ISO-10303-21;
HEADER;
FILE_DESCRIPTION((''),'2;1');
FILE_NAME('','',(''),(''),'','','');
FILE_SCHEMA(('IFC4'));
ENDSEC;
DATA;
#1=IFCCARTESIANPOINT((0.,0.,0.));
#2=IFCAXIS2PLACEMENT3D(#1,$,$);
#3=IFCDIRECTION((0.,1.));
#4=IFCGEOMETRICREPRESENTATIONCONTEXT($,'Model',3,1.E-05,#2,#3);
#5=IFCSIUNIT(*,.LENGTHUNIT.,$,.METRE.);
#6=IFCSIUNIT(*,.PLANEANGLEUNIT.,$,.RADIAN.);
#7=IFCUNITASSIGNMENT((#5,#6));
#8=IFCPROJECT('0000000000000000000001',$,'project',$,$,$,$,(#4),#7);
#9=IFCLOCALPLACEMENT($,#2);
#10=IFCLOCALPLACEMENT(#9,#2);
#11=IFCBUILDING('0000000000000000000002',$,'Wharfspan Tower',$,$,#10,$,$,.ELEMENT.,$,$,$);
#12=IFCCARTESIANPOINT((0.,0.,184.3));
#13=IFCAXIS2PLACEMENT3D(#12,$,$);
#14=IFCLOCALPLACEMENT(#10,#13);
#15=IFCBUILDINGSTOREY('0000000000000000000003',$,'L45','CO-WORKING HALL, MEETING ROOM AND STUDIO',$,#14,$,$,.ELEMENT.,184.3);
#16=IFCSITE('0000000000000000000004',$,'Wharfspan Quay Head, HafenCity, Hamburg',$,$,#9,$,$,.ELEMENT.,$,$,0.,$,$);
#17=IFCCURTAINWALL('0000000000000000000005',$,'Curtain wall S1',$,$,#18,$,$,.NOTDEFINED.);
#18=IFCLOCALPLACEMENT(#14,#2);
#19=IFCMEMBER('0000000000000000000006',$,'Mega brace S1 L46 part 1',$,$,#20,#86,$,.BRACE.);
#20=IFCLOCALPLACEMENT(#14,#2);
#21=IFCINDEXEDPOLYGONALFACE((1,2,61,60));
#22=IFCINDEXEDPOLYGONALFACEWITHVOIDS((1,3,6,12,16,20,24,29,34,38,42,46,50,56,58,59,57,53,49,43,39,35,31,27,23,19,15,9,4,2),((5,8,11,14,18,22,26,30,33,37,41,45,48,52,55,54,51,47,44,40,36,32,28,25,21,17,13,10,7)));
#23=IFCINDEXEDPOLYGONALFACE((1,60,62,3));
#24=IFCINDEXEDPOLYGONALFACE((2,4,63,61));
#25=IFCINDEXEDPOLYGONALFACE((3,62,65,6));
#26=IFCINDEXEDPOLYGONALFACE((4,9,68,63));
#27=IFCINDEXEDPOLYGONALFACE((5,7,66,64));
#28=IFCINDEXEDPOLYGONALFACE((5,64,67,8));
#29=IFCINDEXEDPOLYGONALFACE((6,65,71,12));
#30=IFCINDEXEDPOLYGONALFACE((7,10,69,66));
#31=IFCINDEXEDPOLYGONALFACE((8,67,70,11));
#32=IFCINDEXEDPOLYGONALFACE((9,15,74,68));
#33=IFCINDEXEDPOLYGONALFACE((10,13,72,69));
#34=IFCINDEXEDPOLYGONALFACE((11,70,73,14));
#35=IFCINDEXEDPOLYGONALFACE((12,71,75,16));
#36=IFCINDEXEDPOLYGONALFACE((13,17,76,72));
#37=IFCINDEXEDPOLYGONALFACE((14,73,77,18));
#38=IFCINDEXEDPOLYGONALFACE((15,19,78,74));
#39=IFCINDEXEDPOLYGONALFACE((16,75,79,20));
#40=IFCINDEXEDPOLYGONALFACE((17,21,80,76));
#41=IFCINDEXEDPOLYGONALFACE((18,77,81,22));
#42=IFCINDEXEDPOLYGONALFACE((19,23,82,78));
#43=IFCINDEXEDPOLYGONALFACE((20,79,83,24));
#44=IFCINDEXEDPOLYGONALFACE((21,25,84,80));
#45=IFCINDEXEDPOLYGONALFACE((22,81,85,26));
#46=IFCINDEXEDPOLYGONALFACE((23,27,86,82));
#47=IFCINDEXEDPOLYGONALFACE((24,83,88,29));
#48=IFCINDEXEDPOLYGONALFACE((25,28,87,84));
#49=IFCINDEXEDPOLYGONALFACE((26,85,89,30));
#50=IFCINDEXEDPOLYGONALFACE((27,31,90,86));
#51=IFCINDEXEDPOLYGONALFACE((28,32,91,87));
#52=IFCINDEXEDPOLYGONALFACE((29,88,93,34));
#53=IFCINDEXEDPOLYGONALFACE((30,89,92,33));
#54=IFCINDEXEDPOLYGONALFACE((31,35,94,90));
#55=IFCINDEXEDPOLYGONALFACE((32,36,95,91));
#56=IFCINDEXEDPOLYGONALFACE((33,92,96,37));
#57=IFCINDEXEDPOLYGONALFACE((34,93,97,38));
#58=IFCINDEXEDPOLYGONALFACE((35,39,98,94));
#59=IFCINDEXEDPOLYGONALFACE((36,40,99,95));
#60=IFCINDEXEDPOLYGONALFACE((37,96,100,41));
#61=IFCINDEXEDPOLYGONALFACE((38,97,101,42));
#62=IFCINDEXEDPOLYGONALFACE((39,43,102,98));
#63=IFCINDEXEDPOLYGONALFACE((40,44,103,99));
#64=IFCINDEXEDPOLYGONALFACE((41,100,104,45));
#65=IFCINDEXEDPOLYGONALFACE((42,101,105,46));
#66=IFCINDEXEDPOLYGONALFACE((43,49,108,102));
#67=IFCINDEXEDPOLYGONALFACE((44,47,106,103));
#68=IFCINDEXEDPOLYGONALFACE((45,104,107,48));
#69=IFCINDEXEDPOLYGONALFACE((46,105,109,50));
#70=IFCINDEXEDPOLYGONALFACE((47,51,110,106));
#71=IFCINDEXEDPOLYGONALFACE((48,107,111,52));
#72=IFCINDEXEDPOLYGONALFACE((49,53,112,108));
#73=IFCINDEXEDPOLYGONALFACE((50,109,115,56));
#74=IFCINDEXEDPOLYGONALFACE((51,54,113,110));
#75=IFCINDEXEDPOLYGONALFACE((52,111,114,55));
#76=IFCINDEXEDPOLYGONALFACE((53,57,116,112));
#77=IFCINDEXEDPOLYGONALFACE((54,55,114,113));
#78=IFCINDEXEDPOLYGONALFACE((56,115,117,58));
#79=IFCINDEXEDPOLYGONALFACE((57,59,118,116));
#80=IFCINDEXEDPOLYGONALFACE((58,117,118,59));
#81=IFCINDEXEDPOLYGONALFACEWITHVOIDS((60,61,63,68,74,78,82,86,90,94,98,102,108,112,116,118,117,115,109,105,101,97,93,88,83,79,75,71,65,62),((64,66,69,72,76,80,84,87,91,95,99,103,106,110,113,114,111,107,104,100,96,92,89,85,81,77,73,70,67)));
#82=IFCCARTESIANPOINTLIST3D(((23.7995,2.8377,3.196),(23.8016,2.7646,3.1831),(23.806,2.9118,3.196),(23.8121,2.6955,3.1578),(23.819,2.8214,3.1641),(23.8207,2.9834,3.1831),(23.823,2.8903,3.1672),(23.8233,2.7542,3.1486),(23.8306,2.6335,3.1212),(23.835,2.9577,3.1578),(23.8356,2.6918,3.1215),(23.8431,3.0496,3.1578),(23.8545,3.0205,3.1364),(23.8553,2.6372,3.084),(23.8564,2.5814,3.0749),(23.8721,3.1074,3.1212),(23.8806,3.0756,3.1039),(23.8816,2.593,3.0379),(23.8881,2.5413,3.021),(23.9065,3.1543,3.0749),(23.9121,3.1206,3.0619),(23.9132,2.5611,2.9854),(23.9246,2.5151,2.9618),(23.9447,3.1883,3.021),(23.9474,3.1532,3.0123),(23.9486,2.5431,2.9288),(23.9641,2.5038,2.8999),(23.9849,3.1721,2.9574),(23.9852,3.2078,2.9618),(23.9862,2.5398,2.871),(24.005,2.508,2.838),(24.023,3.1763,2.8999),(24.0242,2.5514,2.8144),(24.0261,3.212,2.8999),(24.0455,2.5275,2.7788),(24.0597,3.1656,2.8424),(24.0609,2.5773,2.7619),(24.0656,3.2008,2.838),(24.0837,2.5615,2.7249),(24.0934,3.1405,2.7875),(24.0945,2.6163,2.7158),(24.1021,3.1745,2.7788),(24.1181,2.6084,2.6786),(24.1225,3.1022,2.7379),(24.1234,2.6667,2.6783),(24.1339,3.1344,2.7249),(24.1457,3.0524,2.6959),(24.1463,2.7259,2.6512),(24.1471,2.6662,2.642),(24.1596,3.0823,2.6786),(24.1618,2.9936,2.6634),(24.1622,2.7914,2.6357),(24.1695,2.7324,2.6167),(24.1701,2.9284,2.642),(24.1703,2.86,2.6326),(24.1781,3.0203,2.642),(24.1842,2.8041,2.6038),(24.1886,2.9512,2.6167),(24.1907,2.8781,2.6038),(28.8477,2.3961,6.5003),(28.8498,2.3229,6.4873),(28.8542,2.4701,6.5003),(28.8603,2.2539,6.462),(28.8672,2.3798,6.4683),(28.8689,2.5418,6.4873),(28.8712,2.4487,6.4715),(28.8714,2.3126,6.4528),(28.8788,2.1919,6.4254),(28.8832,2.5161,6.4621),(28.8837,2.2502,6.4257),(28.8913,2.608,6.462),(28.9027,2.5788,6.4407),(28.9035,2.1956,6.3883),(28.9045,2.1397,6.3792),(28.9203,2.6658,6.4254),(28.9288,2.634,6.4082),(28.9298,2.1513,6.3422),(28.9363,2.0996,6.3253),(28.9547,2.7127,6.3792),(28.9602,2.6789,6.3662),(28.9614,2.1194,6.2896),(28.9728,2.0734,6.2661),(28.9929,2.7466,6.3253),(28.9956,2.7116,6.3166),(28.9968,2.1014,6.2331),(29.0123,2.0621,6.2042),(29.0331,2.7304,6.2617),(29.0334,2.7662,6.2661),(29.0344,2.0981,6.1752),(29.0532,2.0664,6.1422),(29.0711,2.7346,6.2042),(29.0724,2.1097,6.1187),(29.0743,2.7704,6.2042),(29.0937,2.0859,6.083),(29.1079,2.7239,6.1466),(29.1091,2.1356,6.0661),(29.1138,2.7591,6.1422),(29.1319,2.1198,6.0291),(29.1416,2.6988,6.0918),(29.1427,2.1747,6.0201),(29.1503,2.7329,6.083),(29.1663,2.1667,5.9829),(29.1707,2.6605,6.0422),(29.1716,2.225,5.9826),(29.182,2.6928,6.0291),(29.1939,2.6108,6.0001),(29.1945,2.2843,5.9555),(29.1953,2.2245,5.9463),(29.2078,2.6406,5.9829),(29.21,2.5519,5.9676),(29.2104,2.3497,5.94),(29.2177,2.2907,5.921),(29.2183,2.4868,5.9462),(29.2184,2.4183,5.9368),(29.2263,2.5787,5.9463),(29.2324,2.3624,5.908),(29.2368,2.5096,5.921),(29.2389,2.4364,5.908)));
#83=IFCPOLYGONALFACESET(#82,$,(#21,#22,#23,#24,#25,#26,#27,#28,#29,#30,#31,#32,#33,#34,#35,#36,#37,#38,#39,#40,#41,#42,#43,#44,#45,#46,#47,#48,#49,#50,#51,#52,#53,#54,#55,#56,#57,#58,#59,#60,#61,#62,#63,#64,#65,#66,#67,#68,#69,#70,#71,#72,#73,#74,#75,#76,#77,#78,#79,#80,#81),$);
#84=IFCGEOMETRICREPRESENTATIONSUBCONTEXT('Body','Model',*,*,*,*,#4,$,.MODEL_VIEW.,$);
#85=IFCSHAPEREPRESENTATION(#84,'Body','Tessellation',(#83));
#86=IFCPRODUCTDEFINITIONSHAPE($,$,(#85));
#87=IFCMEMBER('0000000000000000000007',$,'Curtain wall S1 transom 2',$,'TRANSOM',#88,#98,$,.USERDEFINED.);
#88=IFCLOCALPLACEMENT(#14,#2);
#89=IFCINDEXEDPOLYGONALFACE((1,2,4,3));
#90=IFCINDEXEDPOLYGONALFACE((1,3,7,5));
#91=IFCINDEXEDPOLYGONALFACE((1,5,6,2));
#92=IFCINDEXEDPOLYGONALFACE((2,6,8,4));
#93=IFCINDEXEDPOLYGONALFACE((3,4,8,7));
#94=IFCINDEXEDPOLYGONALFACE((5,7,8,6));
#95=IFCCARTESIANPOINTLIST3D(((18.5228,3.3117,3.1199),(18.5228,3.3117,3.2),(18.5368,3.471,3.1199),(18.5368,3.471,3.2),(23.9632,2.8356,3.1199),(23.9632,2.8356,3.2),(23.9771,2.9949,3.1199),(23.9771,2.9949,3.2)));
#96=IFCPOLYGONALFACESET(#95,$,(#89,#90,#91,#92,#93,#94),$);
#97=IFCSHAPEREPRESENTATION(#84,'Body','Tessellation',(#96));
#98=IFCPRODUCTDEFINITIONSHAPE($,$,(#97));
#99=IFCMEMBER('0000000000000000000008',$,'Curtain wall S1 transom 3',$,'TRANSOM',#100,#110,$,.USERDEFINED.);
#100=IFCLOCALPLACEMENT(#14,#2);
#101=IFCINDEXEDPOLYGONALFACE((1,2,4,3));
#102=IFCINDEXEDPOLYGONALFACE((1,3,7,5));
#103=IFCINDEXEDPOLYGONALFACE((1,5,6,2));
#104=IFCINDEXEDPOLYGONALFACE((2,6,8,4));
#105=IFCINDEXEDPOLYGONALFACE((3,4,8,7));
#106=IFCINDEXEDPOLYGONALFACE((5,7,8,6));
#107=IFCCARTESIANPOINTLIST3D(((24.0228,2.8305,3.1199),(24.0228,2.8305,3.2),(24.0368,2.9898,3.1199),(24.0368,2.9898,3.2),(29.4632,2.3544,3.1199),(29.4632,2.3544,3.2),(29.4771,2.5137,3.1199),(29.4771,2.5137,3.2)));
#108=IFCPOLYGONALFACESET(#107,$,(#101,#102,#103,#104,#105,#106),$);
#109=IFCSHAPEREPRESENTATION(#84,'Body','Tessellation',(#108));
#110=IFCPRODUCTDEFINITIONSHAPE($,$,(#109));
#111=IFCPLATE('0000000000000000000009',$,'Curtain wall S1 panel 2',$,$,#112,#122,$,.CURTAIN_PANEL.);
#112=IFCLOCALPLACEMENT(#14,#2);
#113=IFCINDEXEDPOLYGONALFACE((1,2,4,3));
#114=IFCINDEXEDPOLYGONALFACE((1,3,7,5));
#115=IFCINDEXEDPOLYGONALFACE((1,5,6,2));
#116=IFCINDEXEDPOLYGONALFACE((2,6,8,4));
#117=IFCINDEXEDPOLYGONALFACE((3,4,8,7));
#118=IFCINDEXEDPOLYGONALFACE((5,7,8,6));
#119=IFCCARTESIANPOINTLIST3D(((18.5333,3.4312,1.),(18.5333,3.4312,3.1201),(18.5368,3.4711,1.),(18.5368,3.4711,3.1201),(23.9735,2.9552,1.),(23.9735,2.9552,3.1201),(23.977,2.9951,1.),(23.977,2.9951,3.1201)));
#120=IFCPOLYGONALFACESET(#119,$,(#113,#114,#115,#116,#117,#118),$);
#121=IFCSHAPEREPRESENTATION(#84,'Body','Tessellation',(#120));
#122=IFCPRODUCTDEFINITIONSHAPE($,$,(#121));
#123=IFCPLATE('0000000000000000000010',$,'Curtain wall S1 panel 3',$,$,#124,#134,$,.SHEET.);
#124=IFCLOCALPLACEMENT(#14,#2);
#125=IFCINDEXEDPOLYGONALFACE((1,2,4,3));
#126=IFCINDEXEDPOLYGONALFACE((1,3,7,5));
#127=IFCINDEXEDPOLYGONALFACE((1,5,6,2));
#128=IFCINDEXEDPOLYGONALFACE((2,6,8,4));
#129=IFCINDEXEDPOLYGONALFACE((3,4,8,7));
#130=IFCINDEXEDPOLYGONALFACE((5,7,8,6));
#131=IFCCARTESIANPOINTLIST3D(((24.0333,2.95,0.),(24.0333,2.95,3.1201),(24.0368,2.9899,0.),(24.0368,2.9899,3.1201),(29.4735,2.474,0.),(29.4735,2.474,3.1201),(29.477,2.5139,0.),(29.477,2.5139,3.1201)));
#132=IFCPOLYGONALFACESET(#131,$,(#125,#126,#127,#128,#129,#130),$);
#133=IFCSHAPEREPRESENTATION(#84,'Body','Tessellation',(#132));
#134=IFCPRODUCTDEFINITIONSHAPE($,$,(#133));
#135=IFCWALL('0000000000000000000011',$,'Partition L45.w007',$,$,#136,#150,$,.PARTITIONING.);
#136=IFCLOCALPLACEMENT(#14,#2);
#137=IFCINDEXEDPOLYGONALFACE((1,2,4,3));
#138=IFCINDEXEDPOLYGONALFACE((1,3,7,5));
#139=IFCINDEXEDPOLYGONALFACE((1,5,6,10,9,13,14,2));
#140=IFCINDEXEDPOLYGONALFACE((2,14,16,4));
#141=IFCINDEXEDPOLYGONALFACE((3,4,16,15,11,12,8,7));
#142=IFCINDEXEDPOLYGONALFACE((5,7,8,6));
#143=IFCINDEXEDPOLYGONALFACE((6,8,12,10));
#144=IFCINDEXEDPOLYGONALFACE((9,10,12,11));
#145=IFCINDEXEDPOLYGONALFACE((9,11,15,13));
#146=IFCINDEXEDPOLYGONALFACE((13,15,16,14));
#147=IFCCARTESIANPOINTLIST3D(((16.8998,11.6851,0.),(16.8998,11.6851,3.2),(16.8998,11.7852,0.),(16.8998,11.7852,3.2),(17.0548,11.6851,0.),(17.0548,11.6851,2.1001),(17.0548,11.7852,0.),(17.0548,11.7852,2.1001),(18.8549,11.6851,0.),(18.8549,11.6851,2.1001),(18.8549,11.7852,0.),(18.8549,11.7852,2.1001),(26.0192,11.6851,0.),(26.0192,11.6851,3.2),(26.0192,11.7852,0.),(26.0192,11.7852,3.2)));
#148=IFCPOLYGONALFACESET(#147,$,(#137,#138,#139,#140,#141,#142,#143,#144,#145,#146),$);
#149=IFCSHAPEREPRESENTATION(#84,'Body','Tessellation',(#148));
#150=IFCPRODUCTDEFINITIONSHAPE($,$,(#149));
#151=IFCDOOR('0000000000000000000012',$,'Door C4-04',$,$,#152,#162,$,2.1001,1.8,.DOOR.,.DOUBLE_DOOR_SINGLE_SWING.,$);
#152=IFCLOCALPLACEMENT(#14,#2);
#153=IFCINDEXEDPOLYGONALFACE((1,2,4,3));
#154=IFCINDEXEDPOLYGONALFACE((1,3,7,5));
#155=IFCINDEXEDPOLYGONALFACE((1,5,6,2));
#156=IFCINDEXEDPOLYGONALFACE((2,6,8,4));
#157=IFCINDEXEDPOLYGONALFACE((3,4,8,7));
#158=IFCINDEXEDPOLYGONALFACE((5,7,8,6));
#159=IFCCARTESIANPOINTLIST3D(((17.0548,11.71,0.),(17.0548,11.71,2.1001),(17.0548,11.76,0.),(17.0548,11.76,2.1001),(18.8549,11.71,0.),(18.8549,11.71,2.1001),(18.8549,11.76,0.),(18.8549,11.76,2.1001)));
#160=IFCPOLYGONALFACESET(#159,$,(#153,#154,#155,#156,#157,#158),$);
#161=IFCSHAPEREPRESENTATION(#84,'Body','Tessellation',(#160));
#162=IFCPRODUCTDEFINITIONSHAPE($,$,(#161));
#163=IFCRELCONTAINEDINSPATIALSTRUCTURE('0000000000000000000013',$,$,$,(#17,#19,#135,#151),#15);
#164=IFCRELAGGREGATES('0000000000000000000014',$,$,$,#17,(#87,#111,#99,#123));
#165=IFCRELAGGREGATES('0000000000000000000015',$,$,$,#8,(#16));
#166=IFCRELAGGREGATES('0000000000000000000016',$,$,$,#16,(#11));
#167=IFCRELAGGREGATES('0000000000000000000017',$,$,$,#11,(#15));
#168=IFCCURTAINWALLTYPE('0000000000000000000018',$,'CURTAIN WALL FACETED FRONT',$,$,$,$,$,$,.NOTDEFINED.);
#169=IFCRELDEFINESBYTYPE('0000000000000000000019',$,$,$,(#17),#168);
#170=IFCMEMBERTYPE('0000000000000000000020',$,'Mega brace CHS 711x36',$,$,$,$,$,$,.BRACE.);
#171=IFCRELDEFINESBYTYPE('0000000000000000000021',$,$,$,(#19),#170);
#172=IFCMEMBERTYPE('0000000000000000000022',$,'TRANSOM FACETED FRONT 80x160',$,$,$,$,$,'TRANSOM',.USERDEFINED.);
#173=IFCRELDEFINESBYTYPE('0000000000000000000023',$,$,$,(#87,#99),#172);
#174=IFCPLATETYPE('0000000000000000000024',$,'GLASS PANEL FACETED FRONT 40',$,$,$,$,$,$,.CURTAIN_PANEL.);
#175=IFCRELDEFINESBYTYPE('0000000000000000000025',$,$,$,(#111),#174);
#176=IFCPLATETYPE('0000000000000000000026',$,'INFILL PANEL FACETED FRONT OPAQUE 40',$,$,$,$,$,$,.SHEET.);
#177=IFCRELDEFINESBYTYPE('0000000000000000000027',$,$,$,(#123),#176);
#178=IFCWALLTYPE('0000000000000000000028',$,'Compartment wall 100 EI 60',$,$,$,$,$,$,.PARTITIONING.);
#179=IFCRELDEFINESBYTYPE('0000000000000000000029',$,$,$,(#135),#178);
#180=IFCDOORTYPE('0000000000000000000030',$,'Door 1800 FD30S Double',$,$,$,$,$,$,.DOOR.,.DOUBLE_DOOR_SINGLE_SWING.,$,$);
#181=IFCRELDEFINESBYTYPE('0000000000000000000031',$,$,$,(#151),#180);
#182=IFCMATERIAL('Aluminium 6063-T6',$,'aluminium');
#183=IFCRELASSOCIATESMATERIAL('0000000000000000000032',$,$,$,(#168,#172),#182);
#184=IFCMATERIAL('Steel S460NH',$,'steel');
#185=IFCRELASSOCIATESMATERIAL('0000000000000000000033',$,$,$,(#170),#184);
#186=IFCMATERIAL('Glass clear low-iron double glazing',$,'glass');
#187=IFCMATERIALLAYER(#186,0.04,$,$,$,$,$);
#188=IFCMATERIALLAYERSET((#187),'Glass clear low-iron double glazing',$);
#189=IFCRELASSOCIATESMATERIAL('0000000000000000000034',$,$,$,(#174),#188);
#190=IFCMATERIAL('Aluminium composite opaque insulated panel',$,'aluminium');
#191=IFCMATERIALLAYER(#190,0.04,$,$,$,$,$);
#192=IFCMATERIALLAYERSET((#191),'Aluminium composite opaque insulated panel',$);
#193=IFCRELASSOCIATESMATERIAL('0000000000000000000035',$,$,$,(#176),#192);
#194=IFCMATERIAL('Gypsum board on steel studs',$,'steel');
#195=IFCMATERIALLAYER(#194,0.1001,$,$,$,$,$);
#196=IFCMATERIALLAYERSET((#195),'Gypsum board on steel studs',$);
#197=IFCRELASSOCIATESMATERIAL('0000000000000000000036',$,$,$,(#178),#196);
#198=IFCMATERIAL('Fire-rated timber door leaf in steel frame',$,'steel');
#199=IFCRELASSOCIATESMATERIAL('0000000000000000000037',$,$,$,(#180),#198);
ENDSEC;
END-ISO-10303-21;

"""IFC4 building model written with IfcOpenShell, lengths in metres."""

from ifc_helpers import new_model, si_unit, direction, frame, frame_2d, origin, origin_2d, place, context, subcontext, project, spatial, rectangle, hollow_circle, extrude, material, layer, layer_set, material_profile, profile_set, type_object, element, fill, aggregate, save


model = new_model("IFC4")

# Units and contexts
model_context = context("Model", 3, precision=1e-05, world=origin(), true_north=direction((0.0, 1.0)))
body_context = subcontext(model_context, "Body", "Model", "MODEL_VIEW")
ifc_project = project(units=[si_unit("LENGTHUNIT", "METRE"), si_unit("PLANEANGLEUNIT", "RADIAN")], contexts=[model_context])

# Site, building, storey
site_placement = place(None, origin())
site = spatial("IfcSite", under=ifc_project, at=site_placement, Name="Wharfspan Quay Head, HafenCity, Hamburg", CompositionType="ELEMENT", RefElevation=0.0)
building_placement = place(site_placement, origin())
building = spatial("IfcBuilding", under=site, at=building_placement, Name="Wharfspan Tower", CompositionType="ELEMENT")
storey_placement = place(building_placement, frame((0.0, 0.0, 184.3)))
storey = spatial("IfcBuildingStorey", under=building, at=storey_placement, Name="L45", Description="CO-WORKING HALL, MEETING ROOM AND STUDIO", CompositionType="ELEMENT", Elevation=184.3)

# Curtain wall
ifc_material_1 = material(Name="Aluminium 6063-T6", Category="aluminium")
curtain_wall_type = type_object("IfcCurtainWallType", Name="CURTAIN WALL FACETED FRONT", PredefinedType="NOTDEFINED", material=ifc_material_1)
curtain_wall_placement = place(storey_placement, origin())
curtain_wall = element("IfcCurtainWall", 1, at=curtain_wall_placement, inside=storey, type_object=curtain_wall_type, Name="Curtain wall S1", PredefinedType="NOTDEFINED")

# Members
ifc_material_2 = material(Name="Steel S460NH", Category="steel")
ifc_material_profile_1 = material_profile(ifc_material_2, hollow_circle(Radius=0.3555, WallThickness=0.0359, at=origin_2d()))
ifc_profile_set_1 = profile_set([ifc_material_profile_1], Name="Steel S460NH")
member_type_1 = type_object("IfcMemberType", Name="Mega brace CHS 711x36", PredefinedType="BRACE", material=ifc_profile_set_1)
member_1_placement = place(storey_placement, frame((23.9951, 2.8579, 2.8999), z_axis=(0.834469, -0.073006, 0.546197), x_axis=(0.087156, 0.996198, -0.000001)))
element("IfcMember", 2, at=member_1_placement, inside=storey, type_object=member_type_1, Name="Mega brace S1 L46 part 1", PredefinedType="BRACE", context=body_context, shape_type="SweptSolid", body=[
    extrude(hollow_circle(Radius=0.3555, WallThickness=0.0359, at=origin_2d()), origin(), (0.0, 0.0, 1.0), 6.0496),
])
ifc_material_profile_2 = material_profile(ifc_material_1, rectangle(XDim=0.1599, YDim=0.0801, at=origin_2d()))
ifc_profile_set_2 = profile_set([ifc_material_profile_2], Name="Aluminium 6063-T6")
member_type_2 = type_object("IfcMemberType", Name="TRANSOM FACETED FRONT 80x160", ElementType="TRANSOM", PredefinedType="USERDEFINED", material=ifc_profile_set_2)
member_2_placement = place(storey_placement, frame((18.5298, 3.3914, 3.1599), z_axis=(0.996193, -0.087174, 0.0), x_axis=(0.087174, 0.996193, 0.0)))
member_2 = element("IfcMember", 3, at=member_2_placement, type_object=member_type_2, Name="Curtain wall S1 transom 2", ObjectType="TRANSOM", PredefinedType="USERDEFINED", context=body_context, shape_type="SweptSolid", body=[
    extrude(rectangle(XDim=0.1599, YDim=0.0801, at=origin_2d()), origin(), (0.0, 0.0, 1.0), 5.4612),
])
member_3_placement = place(storey_placement, frame((24.0298, 2.9102, 3.1599), z_axis=(0.996193, -0.087174, 0.0), x_axis=(0.087174, 0.996193, 0.0)))
member_3 = element("IfcMember", 4, at=member_3_placement, type_object=member_type_2, Name="Curtain wall S1 transom 3", ObjectType="TRANSOM", PredefinedType="USERDEFINED", context=body_context, shape_type="SweptSolid", body=[
    extrude(rectangle(XDim=0.1599, YDim=0.0801, at=origin_2d()), origin(), (0.0, 0.0, 1.0), 5.4612),
])

# Plates
ifc_material_3 = material(Name="Glass clear low-iron double glazing", Category="glass")
ifc_layer_1 = layer(ifc_material_3, 0.04)
ifc_layer_set_1 = layer_set([ifc_layer_1], Name="Glass clear low-iron double glazing")
plate_type_1 = type_object("IfcPlateType", Name="GLASS PANEL FACETED FRONT 40", PredefinedType="CURTAIN_PANEL", material=ifc_layer_set_1)
plate_1_placement = place(storey_placement, frame((21.2551, 3.2131, 1.0), z_axis=(0.0, 0.0, 1.0), x_axis=(0.996198, -0.087156, 0.0)))
plate_1 = element("IfcPlate", 5, at=plate_1_placement, type_object=plate_type_1, Name="Curtain wall S1 panel 2", PredefinedType="CURTAIN_PANEL", context=body_context, shape_type="SweptSolid", body=[
    extrude(rectangle(XDim=5.4609, YDim=0.04, at=origin_2d()), origin(), (0.0, 0.0, 1.0), 2.1201),
])
ifc_material_4 = material(Name="Aluminium composite opaque insulated panel", Category="aluminium")
ifc_layer_2 = layer(ifc_material_4, 0.04)
ifc_layer_set_2 = layer_set([ifc_layer_2], Name="Aluminium composite opaque insulated panel")
plate_type_2 = type_object("IfcPlateType", Name="INFILL PANEL FACETED FRONT OPAQUE 40", PredefinedType="SHEET", material=ifc_layer_set_2)
plate_2_placement = place(storey_placement, frame((26.7551, 2.7319, 0.0), z_axis=(0.0, 0.0, 1.0), x_axis=(0.996198, -0.087156, 0.0)))
plate_2 = element("IfcPlate", 6, at=plate_2_placement, type_object=plate_type_2, Name="Curtain wall S1 panel 3", PredefinedType="SHEET", context=body_context, shape_type="SweptSolid", body=[
    extrude(rectangle(XDim=5.4609, YDim=0.04, at=origin_2d()), origin(), (0.0, 0.0, 1.0), 3.1201),
])
aggregate(curtain_wall, [member_2, plate_1, member_3, plate_2])

# Wall, opening, door
ifc_material_5 = material(Name="Gypsum board on steel studs", Category="steel")
ifc_layer_3 = layer(ifc_material_5, 0.1001)
ifc_layer_set_3 = layer_set([ifc_layer_3], Name="Gypsum board on steel studs")
wall_type_1 = type_object("IfcWallType", Name="Compartment wall 100 EI 60", PredefinedType="PARTITIONING", material=ifc_layer_set_3)
wall_1_placement = place(storey_placement, frame((16.8999, 11.7351, 0.0), z_axis=(0.0, 0.0, 1.0), x_axis=(1.0, 0.0, 0.0)))
wall_1 = element("IfcWall", 7, at=wall_1_placement, inside=storey, type_object=wall_type_1, Name="Partition L45.w007", PredefinedType="PARTITIONING", context=body_context, shape_type="SweptSolid", body=[
    extrude(rectangle(XDim=9.1194, YDim=0.1001, at=frame_2d((4.5596, 0.0))), origin(), (0.0, 0.0, 1.0), 3.2),
])
opening_1_placement = place(wall_1_placement, frame((0.155, 0.0, 0.0)))
opening_1 = element("IfcOpeningElement", 8, at=opening_1_placement, cuts=wall_1, PredefinedType="OPENING", context=body_context, shape_type="SweptSolid", body=[
    extrude(rectangle(XDim=1.8, YDim=2.1001, at=frame_2d((0.8999, 1.05))), frame((0.0, 0.0601, 0.0), z_axis=(0.0, -1.0, 0.0), x_axis=(1.0, 0.0, 0.0)), (0.0, 0.0, 1.0), 0.1201),
])
ifc_material_6 = material(Name="Fire-rated timber door leaf in steel frame", Category="steel")
door_type_1 = type_object("IfcDoorType", Name="Door 1800 FD30S Double", OperationType="DOUBLE_DOOR_SINGLE_SWING", PredefinedType="DOOR", material=ifc_material_6)
door_1_placement = place(opening_1_placement, origin())
door_1 = element("IfcDoor", 9, at=door_1_placement, inside=storey, type_object=door_type_1, Name="Door C4-04", OperationType="DOUBLE_DOOR_SINGLE_SWING", OverallHeight=2.1001, OverallWidth=1.8, PredefinedType="DOOR", context=body_context, shape_type="SweptSolid", body=[
    extrude(rectangle(XDim=1.8, YDim=2.1001, at=frame_2d((0.8999, 1.05))), frame((0.0, 0.0249, 0.0), z_axis=(0.0, -1.0, 0.0), x_axis=(1.0, 0.0, 0.0)), (0.0, 0.0, 1.0), 0.05),
])
fill(opening_1, door_1)

save(model, "model.ifc")
